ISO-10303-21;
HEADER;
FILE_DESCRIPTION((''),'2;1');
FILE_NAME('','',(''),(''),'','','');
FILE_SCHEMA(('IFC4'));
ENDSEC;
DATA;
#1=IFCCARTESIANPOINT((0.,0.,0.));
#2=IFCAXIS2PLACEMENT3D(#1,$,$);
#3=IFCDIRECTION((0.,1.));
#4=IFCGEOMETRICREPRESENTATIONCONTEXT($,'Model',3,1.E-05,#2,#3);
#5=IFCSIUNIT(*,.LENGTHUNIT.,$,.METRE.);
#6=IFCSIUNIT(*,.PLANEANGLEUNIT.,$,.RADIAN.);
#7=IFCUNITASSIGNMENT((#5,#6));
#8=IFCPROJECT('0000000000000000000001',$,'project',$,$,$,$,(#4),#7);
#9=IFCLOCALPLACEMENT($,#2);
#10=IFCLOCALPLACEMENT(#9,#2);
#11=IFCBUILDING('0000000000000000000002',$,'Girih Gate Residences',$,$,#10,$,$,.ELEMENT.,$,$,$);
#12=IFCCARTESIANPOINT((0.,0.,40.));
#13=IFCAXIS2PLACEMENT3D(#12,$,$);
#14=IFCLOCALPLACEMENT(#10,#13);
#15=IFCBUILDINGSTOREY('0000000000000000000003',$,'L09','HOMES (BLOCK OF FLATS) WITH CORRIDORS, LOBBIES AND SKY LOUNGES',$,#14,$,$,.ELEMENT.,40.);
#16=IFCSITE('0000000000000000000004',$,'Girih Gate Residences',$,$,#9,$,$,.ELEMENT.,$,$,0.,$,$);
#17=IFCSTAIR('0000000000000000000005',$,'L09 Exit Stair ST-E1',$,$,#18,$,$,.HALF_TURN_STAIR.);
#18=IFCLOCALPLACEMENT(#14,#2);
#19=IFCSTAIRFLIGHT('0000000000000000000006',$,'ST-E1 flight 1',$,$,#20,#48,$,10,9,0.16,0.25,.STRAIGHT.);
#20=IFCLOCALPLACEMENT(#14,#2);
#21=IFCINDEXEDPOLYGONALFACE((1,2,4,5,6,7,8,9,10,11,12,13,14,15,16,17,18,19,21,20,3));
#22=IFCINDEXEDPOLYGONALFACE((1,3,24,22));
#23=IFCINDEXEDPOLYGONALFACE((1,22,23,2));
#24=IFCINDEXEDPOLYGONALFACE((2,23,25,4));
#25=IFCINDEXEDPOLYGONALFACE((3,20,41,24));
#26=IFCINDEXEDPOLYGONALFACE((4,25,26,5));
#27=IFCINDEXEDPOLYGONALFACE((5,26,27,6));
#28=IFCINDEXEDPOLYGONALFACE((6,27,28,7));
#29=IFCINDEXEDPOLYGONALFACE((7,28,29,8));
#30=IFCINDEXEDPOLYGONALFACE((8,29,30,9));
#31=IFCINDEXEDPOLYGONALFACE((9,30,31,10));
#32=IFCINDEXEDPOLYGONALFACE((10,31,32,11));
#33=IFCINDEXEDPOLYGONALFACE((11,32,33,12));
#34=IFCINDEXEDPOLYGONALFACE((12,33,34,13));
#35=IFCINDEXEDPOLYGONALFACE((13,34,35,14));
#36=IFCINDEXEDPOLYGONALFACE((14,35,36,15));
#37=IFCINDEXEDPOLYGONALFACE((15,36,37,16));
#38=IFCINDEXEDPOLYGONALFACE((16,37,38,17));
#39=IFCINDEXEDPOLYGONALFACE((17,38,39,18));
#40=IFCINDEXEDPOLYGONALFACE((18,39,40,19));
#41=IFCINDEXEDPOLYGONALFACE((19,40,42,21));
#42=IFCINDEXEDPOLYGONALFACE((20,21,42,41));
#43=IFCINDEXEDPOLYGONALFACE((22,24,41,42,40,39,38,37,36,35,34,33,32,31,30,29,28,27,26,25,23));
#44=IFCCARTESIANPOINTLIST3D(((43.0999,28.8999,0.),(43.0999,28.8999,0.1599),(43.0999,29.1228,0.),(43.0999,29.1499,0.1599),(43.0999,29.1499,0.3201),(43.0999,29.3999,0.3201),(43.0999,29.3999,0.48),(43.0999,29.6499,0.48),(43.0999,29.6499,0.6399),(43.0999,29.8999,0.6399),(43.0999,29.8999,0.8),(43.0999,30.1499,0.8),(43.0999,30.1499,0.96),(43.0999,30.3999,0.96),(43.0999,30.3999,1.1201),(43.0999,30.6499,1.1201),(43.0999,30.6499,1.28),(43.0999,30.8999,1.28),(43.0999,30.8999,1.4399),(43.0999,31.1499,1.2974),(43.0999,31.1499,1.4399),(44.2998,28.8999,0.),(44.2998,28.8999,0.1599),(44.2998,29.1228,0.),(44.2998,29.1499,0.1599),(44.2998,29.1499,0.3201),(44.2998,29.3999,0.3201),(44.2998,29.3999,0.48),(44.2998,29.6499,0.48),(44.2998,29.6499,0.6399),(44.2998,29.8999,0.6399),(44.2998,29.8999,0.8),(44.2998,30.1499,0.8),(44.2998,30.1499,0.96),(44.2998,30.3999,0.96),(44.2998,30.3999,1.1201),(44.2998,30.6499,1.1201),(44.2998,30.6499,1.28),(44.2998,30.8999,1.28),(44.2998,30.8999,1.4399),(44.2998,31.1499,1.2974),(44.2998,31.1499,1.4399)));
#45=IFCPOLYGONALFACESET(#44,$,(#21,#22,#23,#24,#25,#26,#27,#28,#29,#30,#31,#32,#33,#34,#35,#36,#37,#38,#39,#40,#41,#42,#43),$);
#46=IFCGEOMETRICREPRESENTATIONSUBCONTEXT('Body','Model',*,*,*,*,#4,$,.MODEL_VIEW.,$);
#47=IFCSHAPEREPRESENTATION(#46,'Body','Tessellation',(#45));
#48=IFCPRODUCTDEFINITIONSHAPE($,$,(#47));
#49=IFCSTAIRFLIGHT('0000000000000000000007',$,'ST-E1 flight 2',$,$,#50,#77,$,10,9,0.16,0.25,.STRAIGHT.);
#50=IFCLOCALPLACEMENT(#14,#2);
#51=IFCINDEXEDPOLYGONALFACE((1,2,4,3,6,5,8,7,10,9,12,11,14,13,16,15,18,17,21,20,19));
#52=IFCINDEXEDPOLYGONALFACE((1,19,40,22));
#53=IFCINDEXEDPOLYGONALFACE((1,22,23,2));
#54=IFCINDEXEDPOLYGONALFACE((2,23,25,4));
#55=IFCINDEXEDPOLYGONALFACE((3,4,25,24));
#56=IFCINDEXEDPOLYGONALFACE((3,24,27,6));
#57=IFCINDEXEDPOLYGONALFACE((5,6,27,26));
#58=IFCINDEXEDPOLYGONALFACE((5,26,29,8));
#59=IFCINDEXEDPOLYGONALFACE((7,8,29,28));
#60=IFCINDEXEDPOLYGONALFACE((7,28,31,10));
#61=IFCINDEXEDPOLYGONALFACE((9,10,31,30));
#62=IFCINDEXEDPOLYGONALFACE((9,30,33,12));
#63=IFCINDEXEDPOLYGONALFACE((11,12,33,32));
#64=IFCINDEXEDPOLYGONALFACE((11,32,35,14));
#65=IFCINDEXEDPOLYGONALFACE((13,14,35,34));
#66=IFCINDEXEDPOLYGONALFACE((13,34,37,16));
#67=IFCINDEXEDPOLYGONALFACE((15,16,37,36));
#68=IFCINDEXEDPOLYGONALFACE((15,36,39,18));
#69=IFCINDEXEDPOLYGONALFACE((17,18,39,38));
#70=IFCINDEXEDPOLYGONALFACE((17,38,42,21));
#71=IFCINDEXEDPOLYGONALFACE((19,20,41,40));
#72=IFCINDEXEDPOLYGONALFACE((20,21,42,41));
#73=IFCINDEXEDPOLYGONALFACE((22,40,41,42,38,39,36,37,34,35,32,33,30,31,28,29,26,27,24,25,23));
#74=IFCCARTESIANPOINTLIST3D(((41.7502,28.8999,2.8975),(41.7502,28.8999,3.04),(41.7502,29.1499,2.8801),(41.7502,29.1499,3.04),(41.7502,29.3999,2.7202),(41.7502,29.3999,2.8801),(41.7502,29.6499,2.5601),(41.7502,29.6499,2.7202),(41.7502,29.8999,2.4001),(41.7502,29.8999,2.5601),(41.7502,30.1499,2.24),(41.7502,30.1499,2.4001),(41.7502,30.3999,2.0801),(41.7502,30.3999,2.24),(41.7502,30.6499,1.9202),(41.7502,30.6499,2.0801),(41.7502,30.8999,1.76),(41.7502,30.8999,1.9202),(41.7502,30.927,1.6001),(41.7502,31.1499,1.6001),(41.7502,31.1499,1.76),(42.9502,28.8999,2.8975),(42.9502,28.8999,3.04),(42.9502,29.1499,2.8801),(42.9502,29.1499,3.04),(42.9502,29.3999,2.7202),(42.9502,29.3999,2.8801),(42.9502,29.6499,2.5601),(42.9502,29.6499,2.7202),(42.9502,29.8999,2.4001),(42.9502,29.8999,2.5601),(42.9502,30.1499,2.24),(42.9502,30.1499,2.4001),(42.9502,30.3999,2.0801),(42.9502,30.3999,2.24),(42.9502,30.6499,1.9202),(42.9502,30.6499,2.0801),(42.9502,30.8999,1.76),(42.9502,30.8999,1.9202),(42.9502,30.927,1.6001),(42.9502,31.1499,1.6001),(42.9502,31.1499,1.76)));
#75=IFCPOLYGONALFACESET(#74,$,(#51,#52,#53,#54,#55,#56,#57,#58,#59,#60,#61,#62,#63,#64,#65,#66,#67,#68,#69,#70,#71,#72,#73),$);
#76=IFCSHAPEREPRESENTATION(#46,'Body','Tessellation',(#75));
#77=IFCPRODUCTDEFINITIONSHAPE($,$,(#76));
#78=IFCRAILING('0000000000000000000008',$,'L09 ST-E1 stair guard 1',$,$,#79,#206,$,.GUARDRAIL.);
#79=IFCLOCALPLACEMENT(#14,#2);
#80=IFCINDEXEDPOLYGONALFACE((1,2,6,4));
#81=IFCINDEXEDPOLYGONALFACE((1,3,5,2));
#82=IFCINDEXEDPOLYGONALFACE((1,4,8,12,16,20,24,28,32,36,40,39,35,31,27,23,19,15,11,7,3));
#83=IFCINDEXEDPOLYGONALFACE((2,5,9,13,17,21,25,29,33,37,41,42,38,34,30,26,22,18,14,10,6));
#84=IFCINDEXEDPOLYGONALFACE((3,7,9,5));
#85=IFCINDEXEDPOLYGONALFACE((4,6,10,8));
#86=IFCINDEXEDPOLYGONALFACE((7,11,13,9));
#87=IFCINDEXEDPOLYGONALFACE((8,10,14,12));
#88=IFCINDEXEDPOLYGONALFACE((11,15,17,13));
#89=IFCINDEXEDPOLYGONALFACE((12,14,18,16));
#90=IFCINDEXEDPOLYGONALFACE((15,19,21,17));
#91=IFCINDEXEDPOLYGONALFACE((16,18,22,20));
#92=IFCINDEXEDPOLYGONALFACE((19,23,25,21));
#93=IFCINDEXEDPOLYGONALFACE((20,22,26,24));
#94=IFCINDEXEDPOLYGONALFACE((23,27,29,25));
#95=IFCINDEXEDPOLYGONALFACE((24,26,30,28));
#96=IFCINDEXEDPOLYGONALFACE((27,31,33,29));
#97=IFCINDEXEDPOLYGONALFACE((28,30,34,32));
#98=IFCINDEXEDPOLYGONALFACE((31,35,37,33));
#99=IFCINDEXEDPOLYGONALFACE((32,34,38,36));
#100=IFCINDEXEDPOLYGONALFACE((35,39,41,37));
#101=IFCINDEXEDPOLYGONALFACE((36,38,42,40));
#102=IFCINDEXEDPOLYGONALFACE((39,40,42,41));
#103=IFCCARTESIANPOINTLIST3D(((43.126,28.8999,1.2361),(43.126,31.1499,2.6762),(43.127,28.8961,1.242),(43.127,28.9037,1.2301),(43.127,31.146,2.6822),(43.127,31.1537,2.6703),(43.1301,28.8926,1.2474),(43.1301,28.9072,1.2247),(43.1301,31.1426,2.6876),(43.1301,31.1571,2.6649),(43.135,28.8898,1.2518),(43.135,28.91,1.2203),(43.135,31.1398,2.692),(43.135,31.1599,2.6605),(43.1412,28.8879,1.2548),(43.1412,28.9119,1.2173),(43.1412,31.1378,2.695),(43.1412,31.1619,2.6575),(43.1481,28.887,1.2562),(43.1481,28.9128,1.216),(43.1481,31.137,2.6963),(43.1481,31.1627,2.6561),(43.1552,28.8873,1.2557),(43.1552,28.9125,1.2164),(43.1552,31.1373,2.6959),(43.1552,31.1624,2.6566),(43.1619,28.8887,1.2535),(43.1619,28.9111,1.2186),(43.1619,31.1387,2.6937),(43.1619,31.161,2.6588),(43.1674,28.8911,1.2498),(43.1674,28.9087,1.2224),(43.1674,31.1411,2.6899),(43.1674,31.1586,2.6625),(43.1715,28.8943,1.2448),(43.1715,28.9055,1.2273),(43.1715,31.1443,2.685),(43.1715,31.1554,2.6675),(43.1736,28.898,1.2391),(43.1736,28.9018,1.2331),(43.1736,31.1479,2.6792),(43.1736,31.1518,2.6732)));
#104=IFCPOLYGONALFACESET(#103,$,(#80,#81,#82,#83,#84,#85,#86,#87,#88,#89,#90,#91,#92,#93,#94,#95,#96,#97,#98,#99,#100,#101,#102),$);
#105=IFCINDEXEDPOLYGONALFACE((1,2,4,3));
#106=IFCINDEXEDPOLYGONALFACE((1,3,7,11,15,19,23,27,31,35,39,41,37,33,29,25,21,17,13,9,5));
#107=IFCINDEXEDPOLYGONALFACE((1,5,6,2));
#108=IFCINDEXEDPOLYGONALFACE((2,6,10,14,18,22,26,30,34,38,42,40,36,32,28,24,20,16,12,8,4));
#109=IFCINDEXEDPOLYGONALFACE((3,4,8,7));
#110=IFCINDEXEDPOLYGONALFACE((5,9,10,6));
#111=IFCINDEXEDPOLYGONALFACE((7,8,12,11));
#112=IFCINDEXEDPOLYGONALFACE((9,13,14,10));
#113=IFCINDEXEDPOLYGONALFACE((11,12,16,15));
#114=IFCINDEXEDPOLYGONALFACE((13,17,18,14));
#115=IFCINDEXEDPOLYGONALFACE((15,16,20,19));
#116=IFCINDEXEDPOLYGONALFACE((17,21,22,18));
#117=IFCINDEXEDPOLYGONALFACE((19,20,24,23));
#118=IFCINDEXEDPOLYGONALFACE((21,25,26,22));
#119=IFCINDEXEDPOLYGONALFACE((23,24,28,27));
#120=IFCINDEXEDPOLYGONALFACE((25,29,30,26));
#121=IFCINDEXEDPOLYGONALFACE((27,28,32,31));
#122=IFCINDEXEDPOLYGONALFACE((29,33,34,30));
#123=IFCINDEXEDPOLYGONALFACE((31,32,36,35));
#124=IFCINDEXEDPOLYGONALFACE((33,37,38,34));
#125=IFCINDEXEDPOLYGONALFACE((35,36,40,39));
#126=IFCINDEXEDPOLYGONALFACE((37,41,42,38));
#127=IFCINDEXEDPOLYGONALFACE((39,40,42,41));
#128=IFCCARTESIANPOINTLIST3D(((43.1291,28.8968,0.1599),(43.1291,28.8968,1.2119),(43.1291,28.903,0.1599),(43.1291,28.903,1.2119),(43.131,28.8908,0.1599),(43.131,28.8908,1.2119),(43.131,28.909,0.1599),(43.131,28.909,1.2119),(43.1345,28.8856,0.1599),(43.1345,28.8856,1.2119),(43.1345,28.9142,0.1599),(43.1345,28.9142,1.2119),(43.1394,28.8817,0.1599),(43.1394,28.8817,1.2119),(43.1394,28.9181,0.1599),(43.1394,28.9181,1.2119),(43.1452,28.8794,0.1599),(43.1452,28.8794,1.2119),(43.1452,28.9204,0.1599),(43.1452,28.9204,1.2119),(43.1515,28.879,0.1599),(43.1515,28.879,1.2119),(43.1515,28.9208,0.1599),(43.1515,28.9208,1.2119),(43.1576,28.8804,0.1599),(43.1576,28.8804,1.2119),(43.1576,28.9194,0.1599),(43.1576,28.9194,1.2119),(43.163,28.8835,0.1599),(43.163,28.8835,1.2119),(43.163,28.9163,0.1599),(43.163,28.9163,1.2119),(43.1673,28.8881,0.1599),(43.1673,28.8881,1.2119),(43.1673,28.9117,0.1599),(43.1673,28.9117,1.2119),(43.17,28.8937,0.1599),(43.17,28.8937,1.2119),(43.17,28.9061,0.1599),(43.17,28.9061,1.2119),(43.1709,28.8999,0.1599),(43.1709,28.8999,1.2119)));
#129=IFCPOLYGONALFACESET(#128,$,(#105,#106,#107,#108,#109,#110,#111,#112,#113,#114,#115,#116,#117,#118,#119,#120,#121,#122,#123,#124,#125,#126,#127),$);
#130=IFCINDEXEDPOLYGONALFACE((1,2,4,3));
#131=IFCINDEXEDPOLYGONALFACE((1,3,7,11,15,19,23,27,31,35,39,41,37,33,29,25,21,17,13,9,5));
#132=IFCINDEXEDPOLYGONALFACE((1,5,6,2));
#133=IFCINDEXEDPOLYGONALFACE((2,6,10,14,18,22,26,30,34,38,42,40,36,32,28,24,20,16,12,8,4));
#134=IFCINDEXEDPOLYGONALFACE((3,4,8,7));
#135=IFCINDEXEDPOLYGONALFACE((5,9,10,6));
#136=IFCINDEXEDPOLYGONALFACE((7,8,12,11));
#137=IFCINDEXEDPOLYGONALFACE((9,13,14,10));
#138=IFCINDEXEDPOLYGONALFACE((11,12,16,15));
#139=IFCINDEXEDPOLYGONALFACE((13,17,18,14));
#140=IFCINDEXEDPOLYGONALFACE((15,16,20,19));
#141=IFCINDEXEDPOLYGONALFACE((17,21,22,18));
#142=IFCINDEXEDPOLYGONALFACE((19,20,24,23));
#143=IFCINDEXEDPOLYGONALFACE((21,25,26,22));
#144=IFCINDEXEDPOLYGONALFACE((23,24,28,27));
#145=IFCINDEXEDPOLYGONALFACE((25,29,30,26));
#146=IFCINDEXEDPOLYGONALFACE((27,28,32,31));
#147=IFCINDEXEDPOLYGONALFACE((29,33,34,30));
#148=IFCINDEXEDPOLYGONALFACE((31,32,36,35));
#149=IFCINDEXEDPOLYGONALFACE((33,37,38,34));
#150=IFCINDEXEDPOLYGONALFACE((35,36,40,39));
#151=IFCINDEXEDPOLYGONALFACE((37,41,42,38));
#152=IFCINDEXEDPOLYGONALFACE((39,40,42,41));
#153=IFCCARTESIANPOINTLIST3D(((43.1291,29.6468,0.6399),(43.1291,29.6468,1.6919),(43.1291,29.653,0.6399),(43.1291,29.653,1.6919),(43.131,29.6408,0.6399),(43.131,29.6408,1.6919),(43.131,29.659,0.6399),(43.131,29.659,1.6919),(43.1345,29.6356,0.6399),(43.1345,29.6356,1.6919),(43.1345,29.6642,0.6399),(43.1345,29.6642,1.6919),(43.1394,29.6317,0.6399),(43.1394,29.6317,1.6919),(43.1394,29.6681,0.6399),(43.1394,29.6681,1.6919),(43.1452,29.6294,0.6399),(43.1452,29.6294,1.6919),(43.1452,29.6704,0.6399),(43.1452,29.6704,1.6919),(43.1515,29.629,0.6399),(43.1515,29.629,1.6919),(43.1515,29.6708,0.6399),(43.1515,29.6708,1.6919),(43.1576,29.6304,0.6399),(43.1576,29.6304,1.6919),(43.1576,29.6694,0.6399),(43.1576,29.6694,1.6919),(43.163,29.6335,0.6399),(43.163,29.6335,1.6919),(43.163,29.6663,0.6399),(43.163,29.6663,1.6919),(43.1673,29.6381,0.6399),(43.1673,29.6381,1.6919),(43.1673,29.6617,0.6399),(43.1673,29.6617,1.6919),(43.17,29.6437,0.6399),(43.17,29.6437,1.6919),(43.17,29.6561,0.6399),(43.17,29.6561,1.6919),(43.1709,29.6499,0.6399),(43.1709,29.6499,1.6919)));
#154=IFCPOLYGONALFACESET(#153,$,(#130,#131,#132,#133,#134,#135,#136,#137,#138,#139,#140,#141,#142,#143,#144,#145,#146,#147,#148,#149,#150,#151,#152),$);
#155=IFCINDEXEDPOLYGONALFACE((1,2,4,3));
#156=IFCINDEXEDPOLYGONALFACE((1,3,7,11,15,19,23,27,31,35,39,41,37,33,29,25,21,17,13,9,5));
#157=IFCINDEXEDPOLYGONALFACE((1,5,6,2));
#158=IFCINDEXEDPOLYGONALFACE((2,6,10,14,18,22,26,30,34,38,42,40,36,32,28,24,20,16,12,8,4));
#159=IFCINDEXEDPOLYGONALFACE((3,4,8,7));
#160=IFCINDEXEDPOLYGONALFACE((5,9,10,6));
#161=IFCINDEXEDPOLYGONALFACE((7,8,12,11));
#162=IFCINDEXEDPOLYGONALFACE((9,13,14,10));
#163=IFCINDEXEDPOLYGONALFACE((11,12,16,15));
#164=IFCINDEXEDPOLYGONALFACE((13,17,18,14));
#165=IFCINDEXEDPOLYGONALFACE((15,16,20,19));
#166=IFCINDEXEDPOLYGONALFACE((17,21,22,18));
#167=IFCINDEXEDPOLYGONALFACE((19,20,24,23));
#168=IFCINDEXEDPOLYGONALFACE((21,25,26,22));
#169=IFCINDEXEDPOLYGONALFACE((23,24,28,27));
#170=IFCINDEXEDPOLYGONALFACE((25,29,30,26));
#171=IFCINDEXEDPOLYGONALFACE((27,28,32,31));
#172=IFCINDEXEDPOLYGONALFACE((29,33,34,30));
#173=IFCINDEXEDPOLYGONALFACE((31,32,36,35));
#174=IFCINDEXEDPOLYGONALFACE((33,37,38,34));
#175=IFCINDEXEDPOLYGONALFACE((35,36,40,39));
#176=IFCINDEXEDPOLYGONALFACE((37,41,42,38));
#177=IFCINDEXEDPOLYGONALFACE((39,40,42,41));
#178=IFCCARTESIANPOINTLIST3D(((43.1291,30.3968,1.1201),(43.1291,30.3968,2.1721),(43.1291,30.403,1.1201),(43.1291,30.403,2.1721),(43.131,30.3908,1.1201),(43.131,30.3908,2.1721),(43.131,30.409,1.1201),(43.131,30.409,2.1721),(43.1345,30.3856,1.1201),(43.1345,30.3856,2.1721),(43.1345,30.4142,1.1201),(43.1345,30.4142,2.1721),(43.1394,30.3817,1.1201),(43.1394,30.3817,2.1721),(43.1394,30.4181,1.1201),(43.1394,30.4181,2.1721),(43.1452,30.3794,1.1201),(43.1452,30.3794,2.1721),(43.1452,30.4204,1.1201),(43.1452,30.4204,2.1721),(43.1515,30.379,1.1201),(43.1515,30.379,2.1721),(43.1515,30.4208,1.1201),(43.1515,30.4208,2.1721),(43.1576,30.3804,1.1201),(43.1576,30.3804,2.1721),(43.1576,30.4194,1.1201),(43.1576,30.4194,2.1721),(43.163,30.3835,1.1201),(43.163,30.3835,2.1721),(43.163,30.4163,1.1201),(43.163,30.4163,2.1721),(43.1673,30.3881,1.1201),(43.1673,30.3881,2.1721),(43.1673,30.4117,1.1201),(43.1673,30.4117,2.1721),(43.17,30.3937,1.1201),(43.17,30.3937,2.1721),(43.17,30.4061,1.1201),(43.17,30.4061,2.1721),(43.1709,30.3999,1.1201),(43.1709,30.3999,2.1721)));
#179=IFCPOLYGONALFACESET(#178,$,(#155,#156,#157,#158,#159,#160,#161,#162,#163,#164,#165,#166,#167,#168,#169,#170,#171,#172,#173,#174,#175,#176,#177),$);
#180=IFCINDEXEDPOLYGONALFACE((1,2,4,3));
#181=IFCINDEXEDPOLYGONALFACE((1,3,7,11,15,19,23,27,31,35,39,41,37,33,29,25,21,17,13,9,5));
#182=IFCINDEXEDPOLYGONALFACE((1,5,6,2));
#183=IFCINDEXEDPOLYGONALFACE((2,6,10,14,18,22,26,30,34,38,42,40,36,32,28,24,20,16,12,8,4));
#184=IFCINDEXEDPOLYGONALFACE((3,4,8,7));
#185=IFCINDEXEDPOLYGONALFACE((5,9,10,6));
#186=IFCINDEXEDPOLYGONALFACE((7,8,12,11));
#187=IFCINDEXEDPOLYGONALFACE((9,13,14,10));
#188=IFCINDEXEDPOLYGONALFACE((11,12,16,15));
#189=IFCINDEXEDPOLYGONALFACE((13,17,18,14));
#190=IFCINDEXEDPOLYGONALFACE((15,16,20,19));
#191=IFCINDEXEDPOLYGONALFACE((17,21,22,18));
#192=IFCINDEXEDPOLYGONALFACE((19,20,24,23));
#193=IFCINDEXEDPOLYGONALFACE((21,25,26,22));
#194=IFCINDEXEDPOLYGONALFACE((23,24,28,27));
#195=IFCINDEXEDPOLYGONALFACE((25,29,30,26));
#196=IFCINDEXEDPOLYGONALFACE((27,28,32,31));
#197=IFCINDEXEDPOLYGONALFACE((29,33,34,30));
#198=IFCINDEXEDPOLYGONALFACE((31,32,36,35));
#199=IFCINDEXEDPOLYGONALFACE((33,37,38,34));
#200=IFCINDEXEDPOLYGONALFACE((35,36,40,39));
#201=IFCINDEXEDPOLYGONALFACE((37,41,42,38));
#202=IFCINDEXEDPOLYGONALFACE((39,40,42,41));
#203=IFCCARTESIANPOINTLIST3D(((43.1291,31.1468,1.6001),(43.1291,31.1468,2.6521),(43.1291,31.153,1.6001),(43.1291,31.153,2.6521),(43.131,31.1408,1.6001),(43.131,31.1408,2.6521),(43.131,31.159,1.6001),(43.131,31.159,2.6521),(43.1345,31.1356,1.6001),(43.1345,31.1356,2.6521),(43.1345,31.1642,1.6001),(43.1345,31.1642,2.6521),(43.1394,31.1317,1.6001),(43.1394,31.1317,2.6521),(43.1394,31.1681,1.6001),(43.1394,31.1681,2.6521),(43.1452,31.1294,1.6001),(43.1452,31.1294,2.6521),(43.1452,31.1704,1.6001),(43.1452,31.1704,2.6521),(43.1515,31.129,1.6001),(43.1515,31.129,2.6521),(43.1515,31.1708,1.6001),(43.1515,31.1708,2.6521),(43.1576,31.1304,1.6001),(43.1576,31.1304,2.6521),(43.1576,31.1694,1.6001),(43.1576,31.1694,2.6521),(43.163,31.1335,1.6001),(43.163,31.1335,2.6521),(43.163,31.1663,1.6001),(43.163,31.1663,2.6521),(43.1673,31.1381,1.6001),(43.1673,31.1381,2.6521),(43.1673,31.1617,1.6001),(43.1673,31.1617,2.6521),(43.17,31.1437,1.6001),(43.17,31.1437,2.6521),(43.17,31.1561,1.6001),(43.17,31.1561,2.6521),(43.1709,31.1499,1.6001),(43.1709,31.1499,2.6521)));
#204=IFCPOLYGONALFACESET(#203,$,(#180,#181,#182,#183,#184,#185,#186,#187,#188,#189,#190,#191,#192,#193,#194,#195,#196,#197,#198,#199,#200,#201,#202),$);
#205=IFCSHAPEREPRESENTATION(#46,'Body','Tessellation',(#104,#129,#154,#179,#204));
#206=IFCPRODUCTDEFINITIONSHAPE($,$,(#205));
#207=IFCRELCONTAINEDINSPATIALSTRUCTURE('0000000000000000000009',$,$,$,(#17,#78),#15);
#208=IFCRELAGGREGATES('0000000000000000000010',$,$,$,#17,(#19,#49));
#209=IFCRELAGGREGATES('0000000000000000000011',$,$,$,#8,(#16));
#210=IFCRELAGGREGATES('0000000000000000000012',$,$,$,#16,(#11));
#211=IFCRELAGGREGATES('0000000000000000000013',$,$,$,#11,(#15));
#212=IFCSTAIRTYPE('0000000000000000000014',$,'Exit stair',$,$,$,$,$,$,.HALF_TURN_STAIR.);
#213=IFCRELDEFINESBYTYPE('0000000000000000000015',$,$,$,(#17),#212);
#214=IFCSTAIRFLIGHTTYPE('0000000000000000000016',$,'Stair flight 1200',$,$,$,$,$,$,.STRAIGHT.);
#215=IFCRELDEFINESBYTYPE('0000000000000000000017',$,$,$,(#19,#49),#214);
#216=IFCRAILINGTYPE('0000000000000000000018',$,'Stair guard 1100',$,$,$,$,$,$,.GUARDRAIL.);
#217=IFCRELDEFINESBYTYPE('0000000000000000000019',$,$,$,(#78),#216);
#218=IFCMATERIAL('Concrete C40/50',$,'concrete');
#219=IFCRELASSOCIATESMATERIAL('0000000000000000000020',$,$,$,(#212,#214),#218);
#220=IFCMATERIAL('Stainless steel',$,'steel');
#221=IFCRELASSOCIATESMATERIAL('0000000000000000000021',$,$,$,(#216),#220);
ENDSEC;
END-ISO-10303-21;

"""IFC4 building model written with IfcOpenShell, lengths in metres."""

from ifc_helpers import new_model, si_unit, direction, frame, origin, origin_2d, place, context, subcontext, project, spatial, polyline, circle, outline, extrude, material, type_object, element, aggregate, save


model = new_model("IFC4")

# Units and contexts
model_context = context("Model", 3, precision=1e-05, world=origin(), true_north=direction((0.0, 1.0)))
body_context = subcontext(model_context, "Body", "Model", "MODEL_VIEW")
ifc_project = project(units=[si_unit("LENGTHUNIT", "METRE"), si_unit("PLANEANGLEUNIT", "RADIAN")], contexts=[model_context])

# Site, building, storey
site_placement = place(None, origin())
site = spatial("IfcSite", under=ifc_project, at=site_placement, Name="Girih Gate Residences", CompositionType="ELEMENT", RefElevation=0.0)
building_placement = place(site_placement, origin())
building = spatial("IfcBuilding", under=site, at=building_placement, Name="Girih Gate Residences", CompositionType="ELEMENT")
storey_placement = place(building_placement, frame((0.0, 0.0, 40.0)))
storey = spatial("IfcBuildingStorey", under=building, at=storey_placement, Name="L09", Description="HOMES (BLOCK OF FLATS) WITH CORRIDORS, LOBBIES AND SKY LOUNGES", CompositionType="ELEMENT", Elevation=40.0)

# Shared definitions
ifc_material_1 = material(Name="Concrete C40/50", Category="concrete")

# Stair, stair flights
stair_type = type_object("IfcStairType", Name="Exit stair", PredefinedType="HALF_TURN_STAIR", material=ifc_material_1)
stair_placement = place(storey_placement, origin())
stair = element("IfcStair", 1, at=stair_placement, inside=storey, type_object=stair_type, Name="L09 Exit Stair ST-E1", PredefinedType="HALF_TURN_STAIR")
stair_flight_type = type_object("IfcStairFlightType", Name="Stair flight 1200", PredefinedType="STRAIGHT", material=ifc_material_1)
stair_flight_1_placement = place(storey_placement, frame((43.7, 28.8999, 0.0), z_axis=(0.0, 0.0, 1.0), x_axis=(0.0, 1.0, 0.0)))
stair_flight_1 = element("IfcStairFlight", 2, at=stair_flight_1_placement, type_object=stair_flight_type, Name="ST-E1 flight 1", NumberOfRisers=10, NumberOfTreads=9, PredefinedType="STRAIGHT", RiserHeight=0.16, TreadLength=0.25, context=body_context, shape_type="SweptSolid", body=[
    extrude(outline(polyline([(0.0, 0.0), (0.0, 0.1599), (0.25, 0.1599), (0.25, 0.3201), (0.5, 0.3201), (0.5, 0.48), (0.75, 0.48), (0.75, 0.6399), (1.0, 0.6399), (1.0, 0.8), (1.25, 0.8), (1.25, 0.96), (1.5, 0.96), (1.5, 1.1201), (1.75, 1.1201), (1.75, 1.28), (2.0, 1.28), (2.0, 1.4399), (2.25, 1.4399), (2.25, 1.6001), (2.25, 1.2974), (0.2229, 0.0), (0.0, 0.0)])), frame((0.0, 0.6001, 0.0), z_axis=(0.0, -1.0, 0.0), x_axis=(1.0, 0.0, 0.0)), (0.0, 0.0, 1.0), 1.2),
])
stair_flight_2_placement = place(storey_placement, frame((42.3501, 31.1499, 1.6001), z_axis=(0.0, 0.0, 1.0), x_axis=(0.0, -1.0, 0.0)))
stair_flight_2 = element("IfcStairFlight", 3, at=stair_flight_2_placement, type_object=stair_flight_type, Name="ST-E1 flight 2", NumberOfRisers=10, NumberOfTreads=9, PredefinedType="STRAIGHT", RiserHeight=0.16, TreadLength=0.25, context=body_context, shape_type="SweptSolid", body=[
    extrude(outline(polyline([(0.0, 0.0), (0.0, 0.1599), (0.25, 0.1599), (0.25, 0.3201), (0.5, 0.3201), (0.5, 0.48), (0.75, 0.48), (0.75, 0.6399), (1.0, 0.6399), (1.0, 0.8), (1.25, 0.8), (1.25, 0.96), (1.5, 0.96), (1.5, 1.1201), (1.75, 1.1201), (1.75, 1.28), (2.0, 1.28), (2.0, 1.4399), (2.25, 1.4399), (2.25, 1.6001), (2.25, 1.2974), (0.2229, 0.0), (0.0, 0.0)])), frame((0.0, 0.6001, 0.0), z_axis=(0.0, -1.0, 0.0), x_axis=(1.0, 0.0, 0.0)), (0.0, 0.0, 1.0), 1.2),
])
aggregate(stair, [stair_flight_1, stair_flight_2])

# Railing
ifc_material_2 = material(Name="Stainless steel", Category="steel")
railing_type_1 = type_object("IfcRailingType", Name="Stair guard 1100", PredefinedType="GUARDRAIL", material=ifc_material_2)
railing_1_placement = place(storey_placement, frame((43.1499, 28.8999, 0.1599)))
element("IfcRailing", 4, at=railing_1_placement, inside=storey, type_object=railing_type_1, Name="L09 ST-E1 stair guard 1", PredefinedType="GUARDRAIL", context=body_context, shape_type="SweptSolid", body=[
    extrude(circle(Radius=0.0239, at=origin_2d()), frame((0.0, 0.0, 1.0762), z_axis=(0.0, 0.84224, 0.539103), x_axis=(-1.0, 0.0, 0.0)), (0.0, 0.0, 1.0), 2.6714),
    extrude(circle(Radius=0.021, at=origin_2d()), origin(), (0.0, 0.0, 1.0), 1.052),
    extrude(circle(Radius=0.021, at=origin_2d()), frame((0.0, 0.75, 0.48)), (0.0, 0.0, 1.0), 1.052),
    extrude(circle(Radius=0.021, at=origin_2d()), frame((0.0, 1.5, 0.9602)), (0.0, 0.0, 1.0), 1.052),
    extrude(circle(Radius=0.021, at=origin_2d()), frame((0.0, 2.25, 1.4402)), (0.0, 0.0, 1.0), 1.052),
])

save(model, "model.ifc")
